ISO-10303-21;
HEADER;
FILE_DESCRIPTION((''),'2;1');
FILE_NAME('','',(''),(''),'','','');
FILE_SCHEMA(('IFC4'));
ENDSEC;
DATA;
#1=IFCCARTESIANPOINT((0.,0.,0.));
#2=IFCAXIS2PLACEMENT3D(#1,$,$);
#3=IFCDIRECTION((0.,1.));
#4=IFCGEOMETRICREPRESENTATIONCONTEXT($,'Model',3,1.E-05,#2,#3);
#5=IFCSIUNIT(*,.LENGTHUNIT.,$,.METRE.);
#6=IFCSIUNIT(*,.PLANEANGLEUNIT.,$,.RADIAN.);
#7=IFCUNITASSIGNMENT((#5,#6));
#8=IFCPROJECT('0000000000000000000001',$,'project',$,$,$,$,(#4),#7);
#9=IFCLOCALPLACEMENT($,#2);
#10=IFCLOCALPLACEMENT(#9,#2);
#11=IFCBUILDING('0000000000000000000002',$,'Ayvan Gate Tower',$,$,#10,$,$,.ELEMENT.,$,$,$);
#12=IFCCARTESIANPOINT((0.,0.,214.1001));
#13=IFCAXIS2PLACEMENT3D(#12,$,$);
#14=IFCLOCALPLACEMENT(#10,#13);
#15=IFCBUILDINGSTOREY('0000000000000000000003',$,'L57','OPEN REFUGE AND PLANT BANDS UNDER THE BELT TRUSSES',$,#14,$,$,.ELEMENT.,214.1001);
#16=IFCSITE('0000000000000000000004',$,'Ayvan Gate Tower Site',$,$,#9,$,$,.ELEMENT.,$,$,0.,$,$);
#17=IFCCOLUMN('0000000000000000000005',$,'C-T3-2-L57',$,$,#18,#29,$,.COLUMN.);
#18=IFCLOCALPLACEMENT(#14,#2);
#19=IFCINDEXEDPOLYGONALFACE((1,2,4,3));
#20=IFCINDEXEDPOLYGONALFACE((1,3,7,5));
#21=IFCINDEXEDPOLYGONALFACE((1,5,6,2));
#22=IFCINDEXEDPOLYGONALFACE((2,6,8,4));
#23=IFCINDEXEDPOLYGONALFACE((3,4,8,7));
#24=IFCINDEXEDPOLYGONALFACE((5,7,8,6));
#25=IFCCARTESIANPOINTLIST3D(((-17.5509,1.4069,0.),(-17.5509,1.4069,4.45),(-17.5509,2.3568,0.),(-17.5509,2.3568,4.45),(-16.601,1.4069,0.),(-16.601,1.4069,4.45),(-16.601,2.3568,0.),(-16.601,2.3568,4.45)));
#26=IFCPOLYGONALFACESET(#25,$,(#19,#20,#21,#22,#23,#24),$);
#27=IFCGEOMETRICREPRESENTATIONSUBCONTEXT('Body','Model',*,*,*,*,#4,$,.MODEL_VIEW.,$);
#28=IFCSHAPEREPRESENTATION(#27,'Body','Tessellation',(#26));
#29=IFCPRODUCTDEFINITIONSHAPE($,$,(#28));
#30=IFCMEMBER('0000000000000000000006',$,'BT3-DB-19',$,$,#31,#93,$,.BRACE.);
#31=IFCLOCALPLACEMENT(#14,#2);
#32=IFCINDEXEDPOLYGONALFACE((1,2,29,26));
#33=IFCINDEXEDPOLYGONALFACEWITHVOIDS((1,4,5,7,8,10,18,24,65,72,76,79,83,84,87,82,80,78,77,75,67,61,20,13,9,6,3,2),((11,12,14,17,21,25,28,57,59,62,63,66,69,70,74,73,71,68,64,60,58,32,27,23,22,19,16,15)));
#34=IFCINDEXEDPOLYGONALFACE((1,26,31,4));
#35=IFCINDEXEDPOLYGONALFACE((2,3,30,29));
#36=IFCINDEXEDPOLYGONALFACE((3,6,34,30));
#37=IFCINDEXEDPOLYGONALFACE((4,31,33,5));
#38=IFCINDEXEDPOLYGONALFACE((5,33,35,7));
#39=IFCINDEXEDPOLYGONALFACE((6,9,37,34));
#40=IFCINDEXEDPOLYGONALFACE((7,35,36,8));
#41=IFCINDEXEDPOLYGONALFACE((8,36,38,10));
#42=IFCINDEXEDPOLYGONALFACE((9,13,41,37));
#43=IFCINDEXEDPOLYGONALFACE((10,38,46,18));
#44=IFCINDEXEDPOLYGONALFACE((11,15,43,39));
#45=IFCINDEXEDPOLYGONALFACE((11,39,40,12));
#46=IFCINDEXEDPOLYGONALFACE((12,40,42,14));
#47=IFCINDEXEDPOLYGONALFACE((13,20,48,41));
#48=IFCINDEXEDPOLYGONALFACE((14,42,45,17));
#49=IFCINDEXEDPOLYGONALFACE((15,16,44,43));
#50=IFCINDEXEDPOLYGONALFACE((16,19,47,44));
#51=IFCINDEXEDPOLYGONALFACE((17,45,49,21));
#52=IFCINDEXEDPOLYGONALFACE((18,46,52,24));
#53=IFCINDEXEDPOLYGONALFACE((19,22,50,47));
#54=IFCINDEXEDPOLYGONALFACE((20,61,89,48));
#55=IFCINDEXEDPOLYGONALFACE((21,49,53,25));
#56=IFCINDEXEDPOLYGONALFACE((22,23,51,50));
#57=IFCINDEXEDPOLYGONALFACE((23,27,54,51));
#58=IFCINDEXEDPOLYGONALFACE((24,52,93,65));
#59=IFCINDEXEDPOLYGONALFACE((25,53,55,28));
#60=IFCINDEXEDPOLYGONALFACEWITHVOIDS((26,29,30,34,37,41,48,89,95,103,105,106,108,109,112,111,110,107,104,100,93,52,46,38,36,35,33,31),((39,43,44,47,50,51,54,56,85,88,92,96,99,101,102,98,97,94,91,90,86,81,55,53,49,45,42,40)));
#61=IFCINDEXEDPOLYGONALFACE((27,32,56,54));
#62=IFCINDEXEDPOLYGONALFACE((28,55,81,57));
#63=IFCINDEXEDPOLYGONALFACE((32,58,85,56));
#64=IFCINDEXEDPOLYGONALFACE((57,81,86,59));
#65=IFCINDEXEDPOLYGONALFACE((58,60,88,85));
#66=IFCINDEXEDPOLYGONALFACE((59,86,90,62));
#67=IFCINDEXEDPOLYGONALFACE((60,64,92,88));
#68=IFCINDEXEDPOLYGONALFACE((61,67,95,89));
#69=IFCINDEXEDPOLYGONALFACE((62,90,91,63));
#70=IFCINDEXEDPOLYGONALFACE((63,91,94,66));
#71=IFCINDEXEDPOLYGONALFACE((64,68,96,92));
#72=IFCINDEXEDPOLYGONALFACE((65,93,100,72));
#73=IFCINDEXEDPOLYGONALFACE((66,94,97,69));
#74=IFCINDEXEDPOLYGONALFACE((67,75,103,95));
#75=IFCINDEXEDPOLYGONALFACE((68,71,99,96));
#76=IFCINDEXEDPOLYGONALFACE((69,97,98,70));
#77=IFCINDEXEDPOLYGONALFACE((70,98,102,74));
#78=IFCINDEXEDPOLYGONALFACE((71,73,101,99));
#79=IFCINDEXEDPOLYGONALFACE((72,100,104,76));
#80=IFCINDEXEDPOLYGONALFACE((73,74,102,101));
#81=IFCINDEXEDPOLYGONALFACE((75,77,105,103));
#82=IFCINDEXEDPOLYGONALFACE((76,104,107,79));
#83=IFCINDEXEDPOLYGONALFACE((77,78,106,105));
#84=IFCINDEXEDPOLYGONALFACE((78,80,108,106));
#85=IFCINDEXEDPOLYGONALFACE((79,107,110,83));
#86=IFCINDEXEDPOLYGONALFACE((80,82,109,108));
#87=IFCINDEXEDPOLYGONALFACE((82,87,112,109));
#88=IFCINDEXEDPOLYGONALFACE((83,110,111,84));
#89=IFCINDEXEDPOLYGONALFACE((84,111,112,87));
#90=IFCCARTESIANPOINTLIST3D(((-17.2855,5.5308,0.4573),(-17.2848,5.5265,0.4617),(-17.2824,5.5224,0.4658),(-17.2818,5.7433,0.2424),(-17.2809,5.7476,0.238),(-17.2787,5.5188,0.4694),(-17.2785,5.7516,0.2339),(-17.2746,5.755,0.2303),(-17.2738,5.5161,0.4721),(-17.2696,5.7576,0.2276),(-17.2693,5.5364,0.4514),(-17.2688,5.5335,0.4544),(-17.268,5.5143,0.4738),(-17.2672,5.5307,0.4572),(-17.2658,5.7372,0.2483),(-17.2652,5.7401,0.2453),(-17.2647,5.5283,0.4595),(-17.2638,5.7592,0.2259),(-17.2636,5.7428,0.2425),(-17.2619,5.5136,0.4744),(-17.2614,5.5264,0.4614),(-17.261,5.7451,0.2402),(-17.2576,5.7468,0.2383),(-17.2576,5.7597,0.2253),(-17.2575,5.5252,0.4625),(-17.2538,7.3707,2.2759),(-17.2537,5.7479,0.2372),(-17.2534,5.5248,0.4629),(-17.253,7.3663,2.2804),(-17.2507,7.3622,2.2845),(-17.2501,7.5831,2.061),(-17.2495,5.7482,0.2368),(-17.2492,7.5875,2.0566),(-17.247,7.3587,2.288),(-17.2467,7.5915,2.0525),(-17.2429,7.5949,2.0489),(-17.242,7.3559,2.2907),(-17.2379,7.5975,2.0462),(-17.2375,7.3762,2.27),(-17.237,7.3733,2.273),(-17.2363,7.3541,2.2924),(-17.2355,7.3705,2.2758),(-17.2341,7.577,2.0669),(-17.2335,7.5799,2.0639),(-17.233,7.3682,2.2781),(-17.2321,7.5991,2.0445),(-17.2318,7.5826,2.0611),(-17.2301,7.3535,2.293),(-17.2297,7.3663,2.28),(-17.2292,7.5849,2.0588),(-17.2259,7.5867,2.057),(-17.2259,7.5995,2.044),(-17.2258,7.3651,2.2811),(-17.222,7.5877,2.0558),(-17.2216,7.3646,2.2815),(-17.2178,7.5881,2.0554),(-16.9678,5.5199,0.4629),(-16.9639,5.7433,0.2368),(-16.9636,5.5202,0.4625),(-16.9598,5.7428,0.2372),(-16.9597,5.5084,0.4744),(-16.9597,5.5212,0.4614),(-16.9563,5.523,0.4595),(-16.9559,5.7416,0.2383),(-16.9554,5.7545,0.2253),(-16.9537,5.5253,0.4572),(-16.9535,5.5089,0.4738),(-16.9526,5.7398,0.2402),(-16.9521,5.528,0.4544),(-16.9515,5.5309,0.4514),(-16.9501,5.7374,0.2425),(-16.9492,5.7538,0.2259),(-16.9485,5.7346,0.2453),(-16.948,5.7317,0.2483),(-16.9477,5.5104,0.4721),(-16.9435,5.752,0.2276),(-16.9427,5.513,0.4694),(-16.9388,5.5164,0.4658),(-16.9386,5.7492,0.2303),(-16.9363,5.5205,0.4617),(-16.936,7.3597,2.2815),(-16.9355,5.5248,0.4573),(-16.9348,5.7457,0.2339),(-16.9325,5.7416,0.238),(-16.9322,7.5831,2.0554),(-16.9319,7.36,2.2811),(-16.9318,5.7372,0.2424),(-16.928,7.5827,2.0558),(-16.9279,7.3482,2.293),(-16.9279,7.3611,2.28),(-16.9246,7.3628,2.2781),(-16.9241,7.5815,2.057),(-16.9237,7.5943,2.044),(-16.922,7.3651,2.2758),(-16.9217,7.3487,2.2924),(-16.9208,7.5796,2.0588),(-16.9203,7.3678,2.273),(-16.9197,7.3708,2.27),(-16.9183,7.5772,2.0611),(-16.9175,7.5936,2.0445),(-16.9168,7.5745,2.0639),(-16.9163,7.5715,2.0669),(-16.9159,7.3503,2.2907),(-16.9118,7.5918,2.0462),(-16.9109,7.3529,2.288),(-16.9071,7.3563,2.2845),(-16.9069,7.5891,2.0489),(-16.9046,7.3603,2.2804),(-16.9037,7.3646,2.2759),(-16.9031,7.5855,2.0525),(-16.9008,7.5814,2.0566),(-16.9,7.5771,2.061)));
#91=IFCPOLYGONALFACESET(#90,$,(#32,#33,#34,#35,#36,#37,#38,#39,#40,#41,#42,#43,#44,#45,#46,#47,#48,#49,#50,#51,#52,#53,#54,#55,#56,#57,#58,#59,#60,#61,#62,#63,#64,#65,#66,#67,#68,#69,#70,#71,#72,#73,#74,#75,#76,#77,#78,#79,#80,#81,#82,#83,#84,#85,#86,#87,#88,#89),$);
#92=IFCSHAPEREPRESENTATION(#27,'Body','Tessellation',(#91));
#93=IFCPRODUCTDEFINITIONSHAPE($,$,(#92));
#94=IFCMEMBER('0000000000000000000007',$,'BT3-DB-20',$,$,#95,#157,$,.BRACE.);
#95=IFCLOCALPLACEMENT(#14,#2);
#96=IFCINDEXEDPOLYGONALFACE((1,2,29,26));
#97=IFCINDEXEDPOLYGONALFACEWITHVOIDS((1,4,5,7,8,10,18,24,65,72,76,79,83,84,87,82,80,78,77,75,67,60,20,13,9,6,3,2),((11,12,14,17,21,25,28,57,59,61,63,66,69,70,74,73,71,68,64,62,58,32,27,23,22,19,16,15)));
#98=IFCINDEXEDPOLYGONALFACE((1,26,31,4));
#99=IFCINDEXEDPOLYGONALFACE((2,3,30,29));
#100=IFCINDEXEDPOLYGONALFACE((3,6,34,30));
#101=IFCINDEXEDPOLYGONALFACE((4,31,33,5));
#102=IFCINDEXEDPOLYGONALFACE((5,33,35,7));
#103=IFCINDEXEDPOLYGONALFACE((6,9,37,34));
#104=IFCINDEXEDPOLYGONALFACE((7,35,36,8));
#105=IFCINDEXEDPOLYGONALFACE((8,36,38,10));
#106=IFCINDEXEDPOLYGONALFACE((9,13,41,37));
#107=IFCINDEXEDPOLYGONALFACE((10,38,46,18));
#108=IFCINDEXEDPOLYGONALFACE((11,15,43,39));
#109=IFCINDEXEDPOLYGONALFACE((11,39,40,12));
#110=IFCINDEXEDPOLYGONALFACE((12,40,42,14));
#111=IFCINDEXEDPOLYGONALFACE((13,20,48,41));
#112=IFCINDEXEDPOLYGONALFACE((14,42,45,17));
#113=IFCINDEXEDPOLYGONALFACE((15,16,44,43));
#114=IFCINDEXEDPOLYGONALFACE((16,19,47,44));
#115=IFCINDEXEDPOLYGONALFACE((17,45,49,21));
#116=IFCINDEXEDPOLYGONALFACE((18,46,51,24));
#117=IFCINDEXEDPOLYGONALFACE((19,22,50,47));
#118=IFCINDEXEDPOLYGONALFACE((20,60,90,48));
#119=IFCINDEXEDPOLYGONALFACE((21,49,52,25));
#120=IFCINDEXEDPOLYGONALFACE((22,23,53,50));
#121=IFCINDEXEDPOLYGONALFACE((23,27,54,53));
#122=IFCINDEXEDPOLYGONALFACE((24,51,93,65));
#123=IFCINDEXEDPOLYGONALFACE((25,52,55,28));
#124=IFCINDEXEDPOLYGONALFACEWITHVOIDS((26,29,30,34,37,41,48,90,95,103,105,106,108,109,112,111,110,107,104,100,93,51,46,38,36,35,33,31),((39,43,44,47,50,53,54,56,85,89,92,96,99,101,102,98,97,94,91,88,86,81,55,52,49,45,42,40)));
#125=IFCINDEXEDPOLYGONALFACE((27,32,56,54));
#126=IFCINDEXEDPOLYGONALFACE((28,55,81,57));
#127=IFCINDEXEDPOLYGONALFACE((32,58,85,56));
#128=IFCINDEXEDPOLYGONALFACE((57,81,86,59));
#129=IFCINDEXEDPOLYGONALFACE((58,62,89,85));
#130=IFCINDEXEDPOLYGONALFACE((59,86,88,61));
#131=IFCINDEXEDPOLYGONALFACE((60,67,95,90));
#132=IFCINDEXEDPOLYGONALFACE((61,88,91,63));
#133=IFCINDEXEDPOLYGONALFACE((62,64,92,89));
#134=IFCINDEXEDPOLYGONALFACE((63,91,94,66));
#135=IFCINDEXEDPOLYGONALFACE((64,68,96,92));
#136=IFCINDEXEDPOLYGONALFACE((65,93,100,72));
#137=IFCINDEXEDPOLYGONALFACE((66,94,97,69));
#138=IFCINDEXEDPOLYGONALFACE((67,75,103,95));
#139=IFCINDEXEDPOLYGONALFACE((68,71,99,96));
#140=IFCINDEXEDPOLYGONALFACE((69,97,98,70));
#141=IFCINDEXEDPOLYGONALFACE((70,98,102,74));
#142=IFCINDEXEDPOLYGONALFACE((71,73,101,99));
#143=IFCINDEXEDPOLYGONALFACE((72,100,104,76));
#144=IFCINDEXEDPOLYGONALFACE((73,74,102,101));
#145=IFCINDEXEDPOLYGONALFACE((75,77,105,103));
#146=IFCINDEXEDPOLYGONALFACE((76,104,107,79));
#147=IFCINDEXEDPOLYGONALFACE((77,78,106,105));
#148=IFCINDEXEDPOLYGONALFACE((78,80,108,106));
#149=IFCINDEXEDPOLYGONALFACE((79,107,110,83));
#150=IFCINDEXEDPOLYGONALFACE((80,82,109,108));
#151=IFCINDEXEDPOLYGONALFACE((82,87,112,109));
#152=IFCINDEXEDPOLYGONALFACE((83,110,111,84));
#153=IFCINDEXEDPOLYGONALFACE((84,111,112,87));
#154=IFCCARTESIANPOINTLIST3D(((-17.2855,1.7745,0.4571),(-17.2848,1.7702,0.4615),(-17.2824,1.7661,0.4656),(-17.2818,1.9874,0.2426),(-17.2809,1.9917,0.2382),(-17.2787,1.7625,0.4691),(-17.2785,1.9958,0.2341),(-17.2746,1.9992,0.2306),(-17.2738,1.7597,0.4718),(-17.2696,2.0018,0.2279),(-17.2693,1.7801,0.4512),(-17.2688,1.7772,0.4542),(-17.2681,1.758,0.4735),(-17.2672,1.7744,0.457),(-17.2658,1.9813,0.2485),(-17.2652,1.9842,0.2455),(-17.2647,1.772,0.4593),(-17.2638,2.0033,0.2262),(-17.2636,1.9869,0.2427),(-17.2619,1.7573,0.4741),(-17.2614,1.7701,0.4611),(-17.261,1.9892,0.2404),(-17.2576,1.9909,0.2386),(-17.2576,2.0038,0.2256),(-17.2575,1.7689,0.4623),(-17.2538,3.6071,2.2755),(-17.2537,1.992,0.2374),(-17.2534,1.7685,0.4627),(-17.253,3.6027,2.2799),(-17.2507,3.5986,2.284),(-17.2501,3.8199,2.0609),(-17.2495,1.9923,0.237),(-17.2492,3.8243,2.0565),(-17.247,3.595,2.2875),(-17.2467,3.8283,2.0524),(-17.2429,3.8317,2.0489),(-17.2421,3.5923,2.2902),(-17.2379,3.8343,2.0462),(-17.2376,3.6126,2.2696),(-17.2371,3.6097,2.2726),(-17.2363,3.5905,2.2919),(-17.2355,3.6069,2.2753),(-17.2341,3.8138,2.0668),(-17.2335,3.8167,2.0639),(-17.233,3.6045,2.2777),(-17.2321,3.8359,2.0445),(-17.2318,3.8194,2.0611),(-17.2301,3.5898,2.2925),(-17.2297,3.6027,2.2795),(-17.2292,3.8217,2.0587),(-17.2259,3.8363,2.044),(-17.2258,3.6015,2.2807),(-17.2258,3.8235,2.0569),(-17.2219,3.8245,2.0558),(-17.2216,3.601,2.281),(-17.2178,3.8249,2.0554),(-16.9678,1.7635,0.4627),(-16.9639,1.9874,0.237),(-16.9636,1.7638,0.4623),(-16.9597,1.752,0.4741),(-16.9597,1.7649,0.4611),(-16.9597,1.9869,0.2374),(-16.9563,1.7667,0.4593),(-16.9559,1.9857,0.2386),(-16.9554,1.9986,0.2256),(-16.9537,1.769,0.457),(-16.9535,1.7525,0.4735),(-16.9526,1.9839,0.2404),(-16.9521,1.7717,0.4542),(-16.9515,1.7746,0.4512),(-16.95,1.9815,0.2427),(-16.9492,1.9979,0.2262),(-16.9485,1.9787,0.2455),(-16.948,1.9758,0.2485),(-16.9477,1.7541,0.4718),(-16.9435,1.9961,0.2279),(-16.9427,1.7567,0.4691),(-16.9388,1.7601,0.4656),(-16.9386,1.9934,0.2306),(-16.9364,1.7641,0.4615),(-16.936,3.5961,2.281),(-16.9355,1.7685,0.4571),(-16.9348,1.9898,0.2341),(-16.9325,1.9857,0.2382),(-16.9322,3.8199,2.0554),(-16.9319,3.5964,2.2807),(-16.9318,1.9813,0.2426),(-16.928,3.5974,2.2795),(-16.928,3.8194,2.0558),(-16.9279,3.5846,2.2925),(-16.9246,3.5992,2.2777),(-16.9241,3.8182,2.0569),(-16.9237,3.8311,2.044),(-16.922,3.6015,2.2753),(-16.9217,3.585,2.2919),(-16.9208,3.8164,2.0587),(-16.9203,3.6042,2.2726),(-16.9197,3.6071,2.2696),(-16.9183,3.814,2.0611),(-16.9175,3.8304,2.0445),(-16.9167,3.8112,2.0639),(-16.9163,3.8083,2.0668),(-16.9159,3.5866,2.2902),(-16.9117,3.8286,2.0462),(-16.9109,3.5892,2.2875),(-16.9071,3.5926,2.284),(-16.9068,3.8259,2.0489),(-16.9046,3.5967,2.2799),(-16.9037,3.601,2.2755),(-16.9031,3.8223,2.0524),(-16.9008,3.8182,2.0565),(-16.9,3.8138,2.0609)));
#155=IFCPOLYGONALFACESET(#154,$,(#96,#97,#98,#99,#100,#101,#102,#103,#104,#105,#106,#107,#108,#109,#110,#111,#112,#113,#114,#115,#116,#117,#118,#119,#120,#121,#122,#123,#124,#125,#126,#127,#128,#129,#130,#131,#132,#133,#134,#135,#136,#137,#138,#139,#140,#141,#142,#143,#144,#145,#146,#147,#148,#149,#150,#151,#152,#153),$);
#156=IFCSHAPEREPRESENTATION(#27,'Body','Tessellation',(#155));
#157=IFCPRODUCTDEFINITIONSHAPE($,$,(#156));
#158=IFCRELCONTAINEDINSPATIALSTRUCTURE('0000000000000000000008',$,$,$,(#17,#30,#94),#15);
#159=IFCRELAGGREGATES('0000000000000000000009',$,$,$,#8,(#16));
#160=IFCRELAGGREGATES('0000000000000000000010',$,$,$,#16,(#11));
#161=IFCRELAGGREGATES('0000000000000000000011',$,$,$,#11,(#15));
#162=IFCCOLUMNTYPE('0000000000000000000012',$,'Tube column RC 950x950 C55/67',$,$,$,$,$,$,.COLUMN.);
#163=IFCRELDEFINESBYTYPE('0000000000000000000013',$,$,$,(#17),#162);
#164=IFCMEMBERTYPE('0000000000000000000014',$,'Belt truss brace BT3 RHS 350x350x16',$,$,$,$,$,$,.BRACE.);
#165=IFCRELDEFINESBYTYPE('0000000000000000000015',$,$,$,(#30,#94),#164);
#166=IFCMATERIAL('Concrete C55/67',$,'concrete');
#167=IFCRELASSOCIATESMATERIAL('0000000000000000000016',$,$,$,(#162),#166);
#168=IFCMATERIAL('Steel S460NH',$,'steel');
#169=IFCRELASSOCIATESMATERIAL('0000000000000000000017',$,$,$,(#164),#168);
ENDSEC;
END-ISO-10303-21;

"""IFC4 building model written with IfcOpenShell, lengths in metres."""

from ifc_helpers import new_model, si_unit, direction, frame, origin, origin_2d, place, context, subcontext, project, spatial, rectangle, hollow_rectangle, extrude, material, material_profile, profile_set, type_object, element, save


model = new_model("IFC4")

# Units and contexts
model_context = context("Model", 3, precision=1e-05, world=origin(), true_north=direction((0.0, 1.0)))
body_context = subcontext(model_context, "Body", "Model", "MODEL_VIEW")
ifc_project = project(units=[si_unit("LENGTHUNIT", "METRE"), si_unit("PLANEANGLEUNIT", "RADIAN")], contexts=[model_context])

# Site, building, storey
site_placement = place(None, origin())
site = spatial("IfcSite", under=ifc_project, at=site_placement, Name="Ayvan Gate Tower Site", CompositionType="ELEMENT", RefElevation=0.0)
building_placement = place(site_placement, origin())
building = spatial("IfcBuilding", under=site, at=building_placement, Name="Ayvan Gate Tower", CompositionType="ELEMENT")
storey_placement = place(building_placement, frame((0.0, 0.0, 214.1001)))
storey = spatial("IfcBuildingStorey", under=building, at=storey_placement, Name="L57", Description="OPEN REFUGE AND PLANT BANDS UNDER THE BELT TRUSSES", CompositionType="ELEMENT", Elevation=214.1001)

# Column
ifc_material_1 = material(Name="Concrete C55/67", Category="concrete")
ifc_material_profile_1 = material_profile(ifc_material_1, rectangle(XDim=0.95, YDim=0.95, at=origin_2d()), Name="RC 950x950")
ifc_profile_set_1 = profile_set([ifc_material_profile_1], Name="Concrete C55/67")
column_type = type_object("IfcColumnType", Name="Tube column RC 950x950 C55/67", PredefinedType="COLUMN", material=ifc_profile_set_1)
column_placement = place(storey_placement, frame((-17.0759, 1.8818, 0.0), z_axis=(0.0, 0.0, 1.0), x_axis=(-1.0, 0.0, 0.0)))
element("IfcColumn", 1, at=column_placement, inside=storey, type_object=column_type, Name="C-T3-2-L57", PredefinedType="COLUMN", context=body_context, shape_type="SweptSolid", body=[
    extrude(rectangle(XDim=0.95, YDim=0.95, at=origin_2d()), origin(), (0.0, 0.0, 1.0), 4.45),
])

# Members
ifc_material_2 = material(Name="Steel S460NH", Category="steel")
ifc_material_profile_2 = material_profile(ifc_material_2, hollow_rectangle(XDim=0.3501, YDim=0.3501, WallThickness=0.0161, InnerFilletRadius=0.0161, OuterFilletRadius=0.0239, at=origin_2d()), Name="RHS 350x350x16")
ifc_profile_set_2 = profile_set([ifc_material_profile_2], Name="Steel S460NH")
member_type_1 = type_object("IfcMemberType", Name="Belt truss brace BT3 RHS 350x350x16", PredefinedType="BRACE", material=ifc_profile_set_2)
member_1_placement = place(storey_placement, frame((-17.1086, 5.634, 0.3499), z_axis=(0.012268, 0.711147, 0.702937), x_axis=(-0.999851, 0.017248, 0.0)))
element("IfcMember", 2, at=member_1_placement, inside=storey, type_object=member_type_1, Name="BT3-DB-19", PredefinedType="BRACE", context=body_context, shape_type="SweptSolid", body=[
    extrude(hollow_rectangle(XDim=0.3501, YDim=0.3501, WallThickness=0.0161, InnerFilletRadius=0.0161, OuterFilletRadius=0.0239, at=origin_2d()), origin(), (0.0, 0.0, 1.0), 2.5872),
])
member_2_placement = place(storey_placement, frame((-17.1086, 1.8779, 0.3499), z_axis=(0.012293, 0.70979, 0.704306), x_axis=(-0.99985, 0.017317, 0.0)))
element("IfcMember", 3, at=member_2_placement, inside=storey, type_object=member_type_1, Name="BT3-DB-20", PredefinedType="BRACE", context=body_context, shape_type="SweptSolid", body=[
    extrude(hollow_rectangle(XDim=0.3501, YDim=0.3501, WallThickness=0.0161, InnerFilletRadius=0.0161, OuterFilletRadius=0.0239, at=origin_2d()), origin(), (0.0, 0.0, 1.0), 2.5818),
])

save(model, "model.ifc")
